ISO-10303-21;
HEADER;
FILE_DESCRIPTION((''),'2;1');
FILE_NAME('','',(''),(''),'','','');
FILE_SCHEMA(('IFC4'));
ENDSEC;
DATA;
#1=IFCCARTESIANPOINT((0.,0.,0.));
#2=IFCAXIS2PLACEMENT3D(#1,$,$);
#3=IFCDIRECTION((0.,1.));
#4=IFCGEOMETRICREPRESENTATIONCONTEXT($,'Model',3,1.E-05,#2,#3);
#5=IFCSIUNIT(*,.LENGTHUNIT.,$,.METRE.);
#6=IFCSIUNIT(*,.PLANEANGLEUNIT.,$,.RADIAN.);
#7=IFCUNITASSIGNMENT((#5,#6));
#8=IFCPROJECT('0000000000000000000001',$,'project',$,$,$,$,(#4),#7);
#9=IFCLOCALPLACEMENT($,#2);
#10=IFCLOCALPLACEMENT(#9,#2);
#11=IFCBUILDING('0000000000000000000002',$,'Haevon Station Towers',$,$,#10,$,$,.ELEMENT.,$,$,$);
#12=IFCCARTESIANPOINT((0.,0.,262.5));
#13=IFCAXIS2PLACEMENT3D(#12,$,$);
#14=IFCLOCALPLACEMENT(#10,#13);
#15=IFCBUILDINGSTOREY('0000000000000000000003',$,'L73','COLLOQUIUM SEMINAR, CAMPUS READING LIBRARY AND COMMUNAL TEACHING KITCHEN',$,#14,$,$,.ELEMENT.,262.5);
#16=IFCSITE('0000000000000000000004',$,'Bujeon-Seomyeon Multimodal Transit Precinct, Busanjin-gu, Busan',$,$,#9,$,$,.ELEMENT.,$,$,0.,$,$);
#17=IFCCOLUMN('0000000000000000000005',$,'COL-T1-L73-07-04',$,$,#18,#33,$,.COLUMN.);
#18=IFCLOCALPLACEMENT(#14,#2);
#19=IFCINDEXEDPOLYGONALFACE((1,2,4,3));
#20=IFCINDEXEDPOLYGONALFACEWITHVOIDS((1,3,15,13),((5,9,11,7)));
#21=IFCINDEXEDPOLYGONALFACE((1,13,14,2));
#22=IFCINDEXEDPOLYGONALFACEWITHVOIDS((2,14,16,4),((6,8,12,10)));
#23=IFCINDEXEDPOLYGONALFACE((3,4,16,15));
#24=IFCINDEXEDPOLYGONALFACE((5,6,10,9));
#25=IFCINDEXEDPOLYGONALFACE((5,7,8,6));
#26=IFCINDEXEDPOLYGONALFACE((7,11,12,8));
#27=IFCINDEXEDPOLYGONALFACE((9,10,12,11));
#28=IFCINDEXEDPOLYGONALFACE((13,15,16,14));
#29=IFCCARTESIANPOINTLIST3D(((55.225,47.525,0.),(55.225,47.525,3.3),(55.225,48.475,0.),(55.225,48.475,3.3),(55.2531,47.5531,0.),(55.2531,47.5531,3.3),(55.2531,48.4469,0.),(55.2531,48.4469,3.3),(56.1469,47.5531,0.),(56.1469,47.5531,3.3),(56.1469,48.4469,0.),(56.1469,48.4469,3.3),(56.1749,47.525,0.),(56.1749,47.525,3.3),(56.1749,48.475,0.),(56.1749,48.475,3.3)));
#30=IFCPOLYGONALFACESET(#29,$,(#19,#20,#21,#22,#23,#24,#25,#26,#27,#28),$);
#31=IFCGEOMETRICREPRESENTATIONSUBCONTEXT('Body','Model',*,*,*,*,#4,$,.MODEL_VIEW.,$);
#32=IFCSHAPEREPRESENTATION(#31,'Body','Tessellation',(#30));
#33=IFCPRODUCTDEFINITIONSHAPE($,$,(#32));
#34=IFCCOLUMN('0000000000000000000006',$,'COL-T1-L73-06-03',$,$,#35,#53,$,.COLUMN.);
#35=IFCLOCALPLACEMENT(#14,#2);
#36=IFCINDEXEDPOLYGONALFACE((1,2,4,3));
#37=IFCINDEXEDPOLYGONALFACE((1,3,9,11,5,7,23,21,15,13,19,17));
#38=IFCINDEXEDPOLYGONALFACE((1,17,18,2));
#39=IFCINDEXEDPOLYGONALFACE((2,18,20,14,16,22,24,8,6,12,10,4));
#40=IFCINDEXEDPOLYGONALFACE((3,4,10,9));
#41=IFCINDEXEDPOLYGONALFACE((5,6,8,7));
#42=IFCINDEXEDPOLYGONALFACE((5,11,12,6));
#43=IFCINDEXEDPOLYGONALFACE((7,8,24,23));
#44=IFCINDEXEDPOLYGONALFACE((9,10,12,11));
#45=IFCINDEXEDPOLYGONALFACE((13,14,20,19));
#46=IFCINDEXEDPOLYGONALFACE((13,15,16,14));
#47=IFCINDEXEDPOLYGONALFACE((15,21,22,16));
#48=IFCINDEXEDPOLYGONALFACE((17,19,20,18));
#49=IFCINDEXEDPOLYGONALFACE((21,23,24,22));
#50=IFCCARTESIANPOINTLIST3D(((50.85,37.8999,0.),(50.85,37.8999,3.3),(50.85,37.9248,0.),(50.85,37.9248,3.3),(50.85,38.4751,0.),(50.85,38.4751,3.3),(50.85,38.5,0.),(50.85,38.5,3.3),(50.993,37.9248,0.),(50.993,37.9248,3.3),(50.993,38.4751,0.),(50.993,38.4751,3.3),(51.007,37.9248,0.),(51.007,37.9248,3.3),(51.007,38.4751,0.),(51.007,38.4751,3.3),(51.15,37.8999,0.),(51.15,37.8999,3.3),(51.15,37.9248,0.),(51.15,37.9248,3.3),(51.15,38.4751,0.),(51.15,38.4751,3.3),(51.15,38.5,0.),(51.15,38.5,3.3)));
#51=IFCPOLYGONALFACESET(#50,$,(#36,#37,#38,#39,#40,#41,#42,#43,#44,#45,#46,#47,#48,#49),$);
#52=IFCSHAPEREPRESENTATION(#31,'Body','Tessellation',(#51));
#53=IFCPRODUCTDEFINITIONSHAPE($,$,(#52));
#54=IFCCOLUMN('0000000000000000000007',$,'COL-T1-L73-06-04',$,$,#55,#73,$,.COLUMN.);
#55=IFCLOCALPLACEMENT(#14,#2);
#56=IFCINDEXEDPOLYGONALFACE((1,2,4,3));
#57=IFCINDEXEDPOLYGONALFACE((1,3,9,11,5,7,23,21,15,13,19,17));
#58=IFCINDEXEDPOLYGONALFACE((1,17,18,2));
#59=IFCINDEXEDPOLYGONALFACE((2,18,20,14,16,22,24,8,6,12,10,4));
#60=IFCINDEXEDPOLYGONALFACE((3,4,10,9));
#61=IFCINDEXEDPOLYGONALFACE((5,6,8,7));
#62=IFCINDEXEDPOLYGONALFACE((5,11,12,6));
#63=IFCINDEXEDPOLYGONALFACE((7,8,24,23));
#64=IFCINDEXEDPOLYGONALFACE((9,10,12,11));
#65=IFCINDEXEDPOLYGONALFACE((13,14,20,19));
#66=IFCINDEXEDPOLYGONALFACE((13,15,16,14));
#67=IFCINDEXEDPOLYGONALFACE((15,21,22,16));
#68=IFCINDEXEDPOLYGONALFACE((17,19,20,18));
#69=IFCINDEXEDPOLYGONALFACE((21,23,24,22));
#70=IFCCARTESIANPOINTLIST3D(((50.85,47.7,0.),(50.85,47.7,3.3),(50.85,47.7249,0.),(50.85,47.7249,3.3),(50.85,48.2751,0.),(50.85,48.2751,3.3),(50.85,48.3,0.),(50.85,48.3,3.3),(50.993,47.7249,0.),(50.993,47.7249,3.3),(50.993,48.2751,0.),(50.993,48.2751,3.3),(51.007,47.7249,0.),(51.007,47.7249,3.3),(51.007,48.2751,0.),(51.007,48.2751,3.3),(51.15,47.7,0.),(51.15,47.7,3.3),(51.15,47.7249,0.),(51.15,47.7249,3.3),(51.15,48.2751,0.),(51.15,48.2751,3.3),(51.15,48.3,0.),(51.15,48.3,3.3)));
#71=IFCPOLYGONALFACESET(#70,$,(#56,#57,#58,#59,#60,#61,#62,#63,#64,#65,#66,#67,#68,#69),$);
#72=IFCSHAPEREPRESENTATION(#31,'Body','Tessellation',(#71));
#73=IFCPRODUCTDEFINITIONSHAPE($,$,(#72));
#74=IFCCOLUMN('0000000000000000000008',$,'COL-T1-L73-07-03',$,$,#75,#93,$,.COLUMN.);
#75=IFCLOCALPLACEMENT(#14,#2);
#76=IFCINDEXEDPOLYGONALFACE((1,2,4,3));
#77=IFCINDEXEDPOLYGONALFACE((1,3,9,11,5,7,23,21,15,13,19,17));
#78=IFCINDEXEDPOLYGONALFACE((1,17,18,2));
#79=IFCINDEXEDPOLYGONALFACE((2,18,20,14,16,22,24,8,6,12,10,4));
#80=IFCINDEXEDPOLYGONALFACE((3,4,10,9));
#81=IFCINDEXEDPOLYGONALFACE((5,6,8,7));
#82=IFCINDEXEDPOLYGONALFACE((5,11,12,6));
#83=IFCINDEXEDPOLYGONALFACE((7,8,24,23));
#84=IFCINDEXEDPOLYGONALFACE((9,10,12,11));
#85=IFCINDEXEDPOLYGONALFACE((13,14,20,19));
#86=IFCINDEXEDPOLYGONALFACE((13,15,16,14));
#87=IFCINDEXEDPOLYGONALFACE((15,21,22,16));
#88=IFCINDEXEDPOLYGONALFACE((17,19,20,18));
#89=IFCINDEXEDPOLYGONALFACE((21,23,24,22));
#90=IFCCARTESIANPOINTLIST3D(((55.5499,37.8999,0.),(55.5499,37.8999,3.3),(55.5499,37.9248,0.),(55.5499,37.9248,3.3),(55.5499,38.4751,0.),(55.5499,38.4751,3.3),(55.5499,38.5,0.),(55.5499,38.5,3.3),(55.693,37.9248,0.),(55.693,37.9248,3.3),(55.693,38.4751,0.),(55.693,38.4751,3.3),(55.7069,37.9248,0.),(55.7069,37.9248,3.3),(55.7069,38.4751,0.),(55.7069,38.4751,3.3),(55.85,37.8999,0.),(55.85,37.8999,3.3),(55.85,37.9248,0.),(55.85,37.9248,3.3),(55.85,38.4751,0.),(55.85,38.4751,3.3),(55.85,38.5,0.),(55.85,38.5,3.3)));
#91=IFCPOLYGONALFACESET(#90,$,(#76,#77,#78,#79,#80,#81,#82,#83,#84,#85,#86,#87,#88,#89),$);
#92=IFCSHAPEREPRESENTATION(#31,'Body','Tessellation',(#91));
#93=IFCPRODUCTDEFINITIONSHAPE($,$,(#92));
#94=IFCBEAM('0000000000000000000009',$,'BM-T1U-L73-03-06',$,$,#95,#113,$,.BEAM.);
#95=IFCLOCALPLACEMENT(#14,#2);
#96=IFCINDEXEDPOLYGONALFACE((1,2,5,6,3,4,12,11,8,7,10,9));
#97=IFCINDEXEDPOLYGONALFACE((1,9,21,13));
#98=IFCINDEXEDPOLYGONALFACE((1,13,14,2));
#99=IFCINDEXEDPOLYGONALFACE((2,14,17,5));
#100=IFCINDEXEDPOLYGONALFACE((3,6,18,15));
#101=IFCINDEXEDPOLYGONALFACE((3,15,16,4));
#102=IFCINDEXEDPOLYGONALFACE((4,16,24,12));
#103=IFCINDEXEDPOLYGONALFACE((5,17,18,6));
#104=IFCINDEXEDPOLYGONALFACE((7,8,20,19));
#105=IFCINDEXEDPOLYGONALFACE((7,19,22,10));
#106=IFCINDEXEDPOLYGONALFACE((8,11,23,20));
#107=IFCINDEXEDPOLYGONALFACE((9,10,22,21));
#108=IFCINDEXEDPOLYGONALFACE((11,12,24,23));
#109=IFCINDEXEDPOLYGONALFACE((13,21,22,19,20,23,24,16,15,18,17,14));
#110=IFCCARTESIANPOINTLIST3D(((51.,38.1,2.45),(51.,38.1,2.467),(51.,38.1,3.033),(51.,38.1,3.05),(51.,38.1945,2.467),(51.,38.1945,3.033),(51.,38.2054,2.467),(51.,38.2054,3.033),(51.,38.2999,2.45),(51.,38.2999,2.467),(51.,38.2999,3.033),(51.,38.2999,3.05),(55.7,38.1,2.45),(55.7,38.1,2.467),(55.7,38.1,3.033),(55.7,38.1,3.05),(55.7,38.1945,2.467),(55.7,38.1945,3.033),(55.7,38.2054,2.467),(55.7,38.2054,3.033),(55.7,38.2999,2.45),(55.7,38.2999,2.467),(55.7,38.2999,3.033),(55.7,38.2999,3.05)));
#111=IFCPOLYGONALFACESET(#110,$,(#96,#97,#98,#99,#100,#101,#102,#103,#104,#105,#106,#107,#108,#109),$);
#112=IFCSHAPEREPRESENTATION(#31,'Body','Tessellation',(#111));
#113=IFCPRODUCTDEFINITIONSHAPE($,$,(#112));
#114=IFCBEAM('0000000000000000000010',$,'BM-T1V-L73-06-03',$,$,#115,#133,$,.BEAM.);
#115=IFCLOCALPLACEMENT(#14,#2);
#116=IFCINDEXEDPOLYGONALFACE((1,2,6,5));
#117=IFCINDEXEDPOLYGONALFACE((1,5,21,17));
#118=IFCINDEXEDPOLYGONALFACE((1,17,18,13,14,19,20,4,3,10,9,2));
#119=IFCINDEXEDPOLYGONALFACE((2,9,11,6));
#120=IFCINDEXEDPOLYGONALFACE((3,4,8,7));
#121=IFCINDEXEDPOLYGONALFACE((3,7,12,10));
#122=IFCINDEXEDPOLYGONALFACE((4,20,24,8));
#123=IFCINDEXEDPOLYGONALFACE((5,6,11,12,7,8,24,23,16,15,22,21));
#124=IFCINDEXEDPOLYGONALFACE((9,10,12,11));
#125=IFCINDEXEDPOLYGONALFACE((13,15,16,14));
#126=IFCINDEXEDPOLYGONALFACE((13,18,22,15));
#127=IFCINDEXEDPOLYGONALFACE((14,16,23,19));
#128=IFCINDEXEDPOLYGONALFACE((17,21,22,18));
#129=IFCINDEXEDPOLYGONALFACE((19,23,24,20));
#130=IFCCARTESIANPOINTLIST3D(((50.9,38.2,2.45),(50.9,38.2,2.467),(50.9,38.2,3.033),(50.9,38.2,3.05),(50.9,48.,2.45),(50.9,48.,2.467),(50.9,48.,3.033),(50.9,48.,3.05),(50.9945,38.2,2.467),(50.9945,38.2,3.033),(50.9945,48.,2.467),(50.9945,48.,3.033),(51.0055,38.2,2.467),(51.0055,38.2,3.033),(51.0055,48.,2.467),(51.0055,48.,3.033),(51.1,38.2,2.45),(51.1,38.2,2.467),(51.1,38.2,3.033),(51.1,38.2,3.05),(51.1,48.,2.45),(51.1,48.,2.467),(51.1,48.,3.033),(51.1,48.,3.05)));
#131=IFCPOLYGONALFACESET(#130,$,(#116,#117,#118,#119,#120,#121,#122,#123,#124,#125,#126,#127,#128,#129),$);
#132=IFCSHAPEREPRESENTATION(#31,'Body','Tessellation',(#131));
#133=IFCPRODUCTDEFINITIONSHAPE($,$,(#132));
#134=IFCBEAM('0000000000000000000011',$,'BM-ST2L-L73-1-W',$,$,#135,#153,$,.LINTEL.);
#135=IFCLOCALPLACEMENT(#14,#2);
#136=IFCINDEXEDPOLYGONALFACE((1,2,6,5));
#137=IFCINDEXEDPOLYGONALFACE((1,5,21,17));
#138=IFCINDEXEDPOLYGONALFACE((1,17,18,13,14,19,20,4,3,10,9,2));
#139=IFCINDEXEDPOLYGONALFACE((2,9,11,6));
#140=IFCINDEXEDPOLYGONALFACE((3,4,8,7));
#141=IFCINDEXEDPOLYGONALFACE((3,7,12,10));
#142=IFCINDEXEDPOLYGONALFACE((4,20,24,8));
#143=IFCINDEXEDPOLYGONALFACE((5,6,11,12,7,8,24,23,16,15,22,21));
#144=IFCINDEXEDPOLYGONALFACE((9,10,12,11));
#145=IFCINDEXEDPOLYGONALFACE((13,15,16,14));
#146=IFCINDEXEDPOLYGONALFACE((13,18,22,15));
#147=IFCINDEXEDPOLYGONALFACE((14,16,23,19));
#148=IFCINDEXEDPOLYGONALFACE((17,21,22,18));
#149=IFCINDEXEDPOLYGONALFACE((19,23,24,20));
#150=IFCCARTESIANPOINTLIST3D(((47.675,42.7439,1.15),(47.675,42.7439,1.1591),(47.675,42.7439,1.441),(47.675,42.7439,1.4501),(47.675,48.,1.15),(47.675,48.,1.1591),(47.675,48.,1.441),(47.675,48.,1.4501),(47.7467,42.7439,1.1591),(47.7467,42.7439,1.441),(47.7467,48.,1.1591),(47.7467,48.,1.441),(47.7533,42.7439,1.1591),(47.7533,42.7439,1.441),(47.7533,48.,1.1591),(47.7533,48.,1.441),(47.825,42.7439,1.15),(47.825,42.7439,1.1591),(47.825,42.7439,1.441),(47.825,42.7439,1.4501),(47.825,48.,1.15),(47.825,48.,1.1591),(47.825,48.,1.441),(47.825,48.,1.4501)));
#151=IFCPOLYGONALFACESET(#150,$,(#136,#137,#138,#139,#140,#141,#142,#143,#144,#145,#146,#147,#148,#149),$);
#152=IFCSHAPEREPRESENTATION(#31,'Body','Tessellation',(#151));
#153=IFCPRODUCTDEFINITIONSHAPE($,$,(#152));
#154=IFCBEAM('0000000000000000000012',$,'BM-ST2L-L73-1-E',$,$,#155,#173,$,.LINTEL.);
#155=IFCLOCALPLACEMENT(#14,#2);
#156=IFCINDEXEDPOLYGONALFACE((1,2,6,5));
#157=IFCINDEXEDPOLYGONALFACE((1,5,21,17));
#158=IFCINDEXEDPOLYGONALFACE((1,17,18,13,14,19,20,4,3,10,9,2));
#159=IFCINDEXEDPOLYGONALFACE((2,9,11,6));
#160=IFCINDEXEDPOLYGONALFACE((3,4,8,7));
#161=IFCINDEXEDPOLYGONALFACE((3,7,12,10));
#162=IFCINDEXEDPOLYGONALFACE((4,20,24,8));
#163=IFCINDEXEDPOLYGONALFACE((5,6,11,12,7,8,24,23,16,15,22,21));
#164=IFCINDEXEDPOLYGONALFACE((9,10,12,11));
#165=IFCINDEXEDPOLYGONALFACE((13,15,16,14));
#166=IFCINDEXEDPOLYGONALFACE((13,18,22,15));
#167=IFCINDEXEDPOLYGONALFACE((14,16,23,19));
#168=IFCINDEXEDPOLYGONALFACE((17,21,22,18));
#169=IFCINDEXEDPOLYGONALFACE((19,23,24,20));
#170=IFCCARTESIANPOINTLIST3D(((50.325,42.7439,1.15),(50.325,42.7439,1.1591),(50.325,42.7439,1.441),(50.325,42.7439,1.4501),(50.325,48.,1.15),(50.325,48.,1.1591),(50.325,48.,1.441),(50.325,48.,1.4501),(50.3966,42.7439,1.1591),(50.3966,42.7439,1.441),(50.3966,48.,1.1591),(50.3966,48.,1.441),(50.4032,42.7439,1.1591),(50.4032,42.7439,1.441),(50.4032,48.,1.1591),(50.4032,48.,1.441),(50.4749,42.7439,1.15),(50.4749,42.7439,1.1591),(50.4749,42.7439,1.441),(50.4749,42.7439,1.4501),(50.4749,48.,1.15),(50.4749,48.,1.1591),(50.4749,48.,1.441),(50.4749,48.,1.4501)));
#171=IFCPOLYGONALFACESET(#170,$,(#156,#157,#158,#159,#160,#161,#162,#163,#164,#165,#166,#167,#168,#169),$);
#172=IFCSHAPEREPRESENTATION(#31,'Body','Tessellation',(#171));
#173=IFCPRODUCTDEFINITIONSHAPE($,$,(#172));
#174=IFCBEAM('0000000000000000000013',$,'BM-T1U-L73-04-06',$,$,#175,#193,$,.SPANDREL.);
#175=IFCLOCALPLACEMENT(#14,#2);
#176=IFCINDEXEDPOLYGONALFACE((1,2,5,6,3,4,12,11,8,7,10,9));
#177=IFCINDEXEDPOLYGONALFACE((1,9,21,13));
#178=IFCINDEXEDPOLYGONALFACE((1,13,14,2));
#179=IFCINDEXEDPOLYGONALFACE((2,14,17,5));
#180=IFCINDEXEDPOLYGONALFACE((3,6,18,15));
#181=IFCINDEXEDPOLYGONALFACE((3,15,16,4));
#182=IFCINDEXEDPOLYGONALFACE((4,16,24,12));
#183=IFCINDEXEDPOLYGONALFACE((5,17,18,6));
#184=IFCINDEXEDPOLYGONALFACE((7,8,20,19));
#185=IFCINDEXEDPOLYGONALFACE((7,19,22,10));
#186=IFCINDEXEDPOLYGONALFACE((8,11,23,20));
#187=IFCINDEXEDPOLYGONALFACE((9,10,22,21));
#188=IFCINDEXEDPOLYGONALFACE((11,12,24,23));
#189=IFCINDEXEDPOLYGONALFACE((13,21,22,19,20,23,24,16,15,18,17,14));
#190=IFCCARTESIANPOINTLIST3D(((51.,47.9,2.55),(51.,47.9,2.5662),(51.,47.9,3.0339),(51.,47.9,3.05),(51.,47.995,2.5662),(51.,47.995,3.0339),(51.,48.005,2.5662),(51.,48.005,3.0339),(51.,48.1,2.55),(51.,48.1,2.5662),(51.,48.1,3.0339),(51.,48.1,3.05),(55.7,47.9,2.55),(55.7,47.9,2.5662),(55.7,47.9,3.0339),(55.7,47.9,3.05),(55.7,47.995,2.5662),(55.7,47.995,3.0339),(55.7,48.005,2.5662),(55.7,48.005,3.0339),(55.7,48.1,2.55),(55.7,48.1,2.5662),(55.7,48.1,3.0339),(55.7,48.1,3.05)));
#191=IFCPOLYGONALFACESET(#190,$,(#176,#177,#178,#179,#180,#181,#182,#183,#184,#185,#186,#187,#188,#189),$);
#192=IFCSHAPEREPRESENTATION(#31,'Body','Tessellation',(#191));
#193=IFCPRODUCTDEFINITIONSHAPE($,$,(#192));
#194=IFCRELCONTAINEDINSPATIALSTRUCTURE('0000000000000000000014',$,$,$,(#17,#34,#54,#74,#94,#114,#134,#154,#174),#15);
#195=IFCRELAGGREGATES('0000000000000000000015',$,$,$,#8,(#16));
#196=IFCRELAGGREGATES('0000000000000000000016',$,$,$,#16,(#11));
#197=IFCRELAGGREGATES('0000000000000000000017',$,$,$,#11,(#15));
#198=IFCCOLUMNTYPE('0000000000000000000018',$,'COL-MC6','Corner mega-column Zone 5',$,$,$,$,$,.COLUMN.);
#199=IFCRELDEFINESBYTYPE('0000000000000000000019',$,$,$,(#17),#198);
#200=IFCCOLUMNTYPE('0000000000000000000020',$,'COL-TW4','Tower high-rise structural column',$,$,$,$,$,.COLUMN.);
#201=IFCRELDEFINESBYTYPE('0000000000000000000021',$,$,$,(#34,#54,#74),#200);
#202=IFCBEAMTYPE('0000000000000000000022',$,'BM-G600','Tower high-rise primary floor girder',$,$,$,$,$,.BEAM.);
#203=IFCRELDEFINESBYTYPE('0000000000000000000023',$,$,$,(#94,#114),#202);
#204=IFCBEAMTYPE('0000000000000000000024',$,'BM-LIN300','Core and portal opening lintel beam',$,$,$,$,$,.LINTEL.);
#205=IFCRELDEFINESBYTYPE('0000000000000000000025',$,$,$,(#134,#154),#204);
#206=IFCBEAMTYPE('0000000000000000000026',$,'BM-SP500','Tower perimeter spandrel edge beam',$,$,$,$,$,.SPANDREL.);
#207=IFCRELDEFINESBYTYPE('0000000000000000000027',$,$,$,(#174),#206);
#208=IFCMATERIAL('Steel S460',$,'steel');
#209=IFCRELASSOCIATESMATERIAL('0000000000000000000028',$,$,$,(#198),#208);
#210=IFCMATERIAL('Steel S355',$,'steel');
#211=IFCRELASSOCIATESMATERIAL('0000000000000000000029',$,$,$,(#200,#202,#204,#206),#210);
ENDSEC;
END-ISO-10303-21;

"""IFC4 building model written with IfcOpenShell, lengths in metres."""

from ifc_helpers import new_model, si_unit, direction, frame, origin, origin_2d, place, context, subcontext, project, spatial, hollow_rectangle, i_section, extrude, material, material_profile, profile_set, type_object, element, save


model = new_model("IFC4")

# Units and contexts
model_context = context("Model", 3, precision=1e-05, world=origin(), true_north=direction((0.0, 1.0)))
body_context = subcontext(model_context, "Body", "Model", "MODEL_VIEW")
ifc_project = project(units=[si_unit("LENGTHUNIT", "METRE"), si_unit("PLANEANGLEUNIT", "RADIAN")], contexts=[model_context])

# Site, building, storey
site_placement = place(None, origin())
site = spatial("IfcSite", under=ifc_project, at=site_placement, Name="Bujeon-Seomyeon Multimodal Transit Precinct, Busanjin-gu, Busan", CompositionType="ELEMENT", RefElevation=0.0)
building_placement = place(site_placement, origin())
building = spatial("IfcBuilding", under=site, at=building_placement, Name="Haevon Station Towers", CompositionType="ELEMENT")
storey_placement = place(building_placement, frame((0.0, 0.0, 262.5)))
storey = spatial("IfcBuildingStorey", under=building, at=storey_placement, Name="L73", Description="COLLOQUIUM SEMINAR, CAMPUS READING LIBRARY AND COMMUNAL TEACHING KITCHEN", CompositionType="ELEMENT", Elevation=262.5)

# Columns
ifc_material_1 = material(Name="Steel S460", Category="steel")
ifc_material_profile_1 = material_profile(ifc_material_1, hollow_rectangle(XDim=0.95, YDim=0.95, WallThickness=0.0281, at=origin_2d()), Name="BOX-950x950x28")
ifc_profile_set_1 = profile_set([ifc_material_profile_1], Name="Steel S460")
column_type_1 = type_object("IfcColumnType", Name="COL-MC6", Description="Corner mega-column Zone 5", PredefinedType="COLUMN", material=ifc_profile_set_1)
column_placement = place(storey_placement, frame((55.7, 48.0, 0.0), z_axis=(0.0, 0.0, 1.0), x_axis=(1.0, 0.0, 0.0)))
element("IfcColumn", 1, at=column_placement, inside=storey, type_object=column_type_1, Name="COL-T1-L73-07-04", PredefinedType="COLUMN", context=body_context, shape_type="SweptSolid", body=[
    extrude(hollow_rectangle(XDim=0.95, YDim=0.95, WallThickness=0.0281, at=origin_2d()), origin(), (0.0, 0.0, 1.0), 3.3),
])
ifc_material_2 = material(Name="Steel S355", Category="steel")
ifc_material_profile_2 = material_profile(ifc_material_2, i_section(OverallWidth=0.3, OverallDepth=0.6001, WebThickness=0.0139, FlangeThickness=0.0249, at=origin_2d()), Name="H-600x300x14x25")
ifc_profile_set_2 = profile_set([ifc_material_profile_2], Name="Steel S355")
column_type_2 = type_object("IfcColumnType", Name="COL-TW4", Description="Tower high-rise structural column", PredefinedType="COLUMN", material=ifc_profile_set_2)
for number, where, z_axis, x_axis, name in (
    (2, (51.0, 38.2, 0.0), (0.0, 0.0, 1.0), (1.0, 0.0, 0.0), "COL-T1-L73-06-03"),
    (3, (51.0, 48.0, 0.0), (0.0, 0.0, 1.0), (1.0, 0.0, 0.0), "COL-T1-L73-06-04"),
    (4, (55.7, 38.2, 0.0), (0.0, 0.0, 1.0), (1.0, 0.0, 0.0), "COL-T1-L73-07-03"),
):
    element("IfcColumn", number, at=place(storey_placement, frame(where, z_axis=z_axis, x_axis=x_axis)), inside=storey, type_object=column_type_2, Name=name, PredefinedType="COLUMN", context=body_context, shape_type="SweptSolid", body=[
        extrude(i_section(OverallWidth=0.3, OverallDepth=0.6001, WebThickness=0.0139, FlangeThickness=0.0249, at=origin_2d()), origin(), (0.0, 0.0, 1.0), 3.3),
    ])

# Beams
ifc_material_profile_3 = material_profile(ifc_material_2, i_section(OverallWidth=0.2, OverallDepth=0.6001, WebThickness=0.011, FlangeThickness=0.0171, at=origin_2d()), Name="H-600x200x11x17")
ifc_profile_set_3 = profile_set([ifc_material_profile_3], Name="Steel S355")
beam_type_1 = type_object("IfcBeamType", Name="BM-G600", Description="Tower high-rise primary floor girder", PredefinedType="BEAM", material=ifc_profile_set_3)
beam_1_placement = place(storey_placement, frame((51.0, 38.2, 2.75), z_axis=(1.0, 0.0, 0.0), x_axis=(0.0, 1.0, 0.0)))
element("IfcBeam", 5, at=beam_1_placement, inside=storey, type_object=beam_type_1, Name="BM-T1U-L73-03-06", PredefinedType="BEAM", context=body_context, shape_type="SweptSolid", body=[
    extrude(i_section(OverallWidth=0.2, OverallDepth=0.6001, WebThickness=0.011, FlangeThickness=0.0171, at=origin_2d()), origin(), (0.0, 0.0, 1.0), 4.7),
])
beam_2_placement = place(storey_placement, frame((51.0, 38.2, 2.75), z_axis=(0.0, 1.0, 0.0), x_axis=(-1.0, 0.0, 0.0)))
element("IfcBeam", 6, at=beam_2_placement, inside=storey, type_object=beam_type_1, Name="BM-T1V-L73-06-03", PredefinedType="BEAM", context=body_context, shape_type="SweptSolid", body=[
    extrude(i_section(OverallWidth=0.2, OverallDepth=0.6001, WebThickness=0.011, FlangeThickness=0.0171, at=origin_2d()), origin(), (0.0, 0.0, 1.0), 9.8),
])
ifc_material_profile_4 = material_profile(ifc_material_2, i_section(OverallWidth=0.1499, OverallDepth=0.3, WebThickness=0.0066, FlangeThickness=0.009, at=origin_2d()), Name="H-300x150x6.5x9")
ifc_profile_set_4 = profile_set([ifc_material_profile_4], Name="Steel S355")
beam_type_2 = type_object("IfcBeamType", Name="BM-LIN300", Description="Core and portal opening lintel beam", PredefinedType="LINTEL", material=ifc_profile_set_4)
for number, where, z_axis, x_axis, name in (
    (7, (47.75, 42.7439, 1.3), (0.0, 1.0, 0.0), (-1.0, 0.0, 0.0), "BM-ST2L-L73-1-W"),
    (8, (50.3999, 42.7439, 1.3), (0.0, 1.0, 0.0), (-1.0, 0.0, 0.0), "BM-ST2L-L73-1-E"),
):
    element("IfcBeam", number, at=place(storey_placement, frame(where, z_axis=z_axis, x_axis=x_axis)), inside=storey, type_object=beam_type_2, Name=name, PredefinedType="LINTEL", context=body_context, shape_type="SweptSolid", body=[
        extrude(i_section(OverallWidth=0.1499, OverallDepth=0.3, WebThickness=0.0066, FlangeThickness=0.009, at=origin_2d()), origin(), (0.0, 0.0, 1.0), 5.2561),
    ])
ifc_material_profile_5 = material_profile(ifc_material_2, i_section(OverallWidth=0.2, OverallDepth=0.5, WebThickness=0.01, FlangeThickness=0.0161, at=origin_2d()), Name="H-500x200x10x16")
ifc_profile_set_5 = profile_set([ifc_material_profile_5], Name="Steel S355")
beam_type_3 = type_object("IfcBeamType", Name="BM-SP500", Description="Tower perimeter spandrel edge beam", PredefinedType="SPANDREL", material=ifc_profile_set_5)
beam_3_placement = place(storey_placement, frame((51.0, 48.0, 2.8), z_axis=(1.0, 0.0, 0.0), x_axis=(0.0, 1.0, 0.0)))
element("IfcBeam", 9, at=beam_3_placement, inside=storey, type_object=beam_type_3, Name="BM-T1U-L73-04-06", PredefinedType="SPANDREL", context=body_context, shape_type="SweptSolid", body=[
    extrude(i_section(OverallWidth=0.2, OverallDepth=0.5, WebThickness=0.01, FlangeThickness=0.0161, at=origin_2d()), origin(), (0.0, 0.0, 1.0), 4.7),
])

save(model, "model.ifc")
